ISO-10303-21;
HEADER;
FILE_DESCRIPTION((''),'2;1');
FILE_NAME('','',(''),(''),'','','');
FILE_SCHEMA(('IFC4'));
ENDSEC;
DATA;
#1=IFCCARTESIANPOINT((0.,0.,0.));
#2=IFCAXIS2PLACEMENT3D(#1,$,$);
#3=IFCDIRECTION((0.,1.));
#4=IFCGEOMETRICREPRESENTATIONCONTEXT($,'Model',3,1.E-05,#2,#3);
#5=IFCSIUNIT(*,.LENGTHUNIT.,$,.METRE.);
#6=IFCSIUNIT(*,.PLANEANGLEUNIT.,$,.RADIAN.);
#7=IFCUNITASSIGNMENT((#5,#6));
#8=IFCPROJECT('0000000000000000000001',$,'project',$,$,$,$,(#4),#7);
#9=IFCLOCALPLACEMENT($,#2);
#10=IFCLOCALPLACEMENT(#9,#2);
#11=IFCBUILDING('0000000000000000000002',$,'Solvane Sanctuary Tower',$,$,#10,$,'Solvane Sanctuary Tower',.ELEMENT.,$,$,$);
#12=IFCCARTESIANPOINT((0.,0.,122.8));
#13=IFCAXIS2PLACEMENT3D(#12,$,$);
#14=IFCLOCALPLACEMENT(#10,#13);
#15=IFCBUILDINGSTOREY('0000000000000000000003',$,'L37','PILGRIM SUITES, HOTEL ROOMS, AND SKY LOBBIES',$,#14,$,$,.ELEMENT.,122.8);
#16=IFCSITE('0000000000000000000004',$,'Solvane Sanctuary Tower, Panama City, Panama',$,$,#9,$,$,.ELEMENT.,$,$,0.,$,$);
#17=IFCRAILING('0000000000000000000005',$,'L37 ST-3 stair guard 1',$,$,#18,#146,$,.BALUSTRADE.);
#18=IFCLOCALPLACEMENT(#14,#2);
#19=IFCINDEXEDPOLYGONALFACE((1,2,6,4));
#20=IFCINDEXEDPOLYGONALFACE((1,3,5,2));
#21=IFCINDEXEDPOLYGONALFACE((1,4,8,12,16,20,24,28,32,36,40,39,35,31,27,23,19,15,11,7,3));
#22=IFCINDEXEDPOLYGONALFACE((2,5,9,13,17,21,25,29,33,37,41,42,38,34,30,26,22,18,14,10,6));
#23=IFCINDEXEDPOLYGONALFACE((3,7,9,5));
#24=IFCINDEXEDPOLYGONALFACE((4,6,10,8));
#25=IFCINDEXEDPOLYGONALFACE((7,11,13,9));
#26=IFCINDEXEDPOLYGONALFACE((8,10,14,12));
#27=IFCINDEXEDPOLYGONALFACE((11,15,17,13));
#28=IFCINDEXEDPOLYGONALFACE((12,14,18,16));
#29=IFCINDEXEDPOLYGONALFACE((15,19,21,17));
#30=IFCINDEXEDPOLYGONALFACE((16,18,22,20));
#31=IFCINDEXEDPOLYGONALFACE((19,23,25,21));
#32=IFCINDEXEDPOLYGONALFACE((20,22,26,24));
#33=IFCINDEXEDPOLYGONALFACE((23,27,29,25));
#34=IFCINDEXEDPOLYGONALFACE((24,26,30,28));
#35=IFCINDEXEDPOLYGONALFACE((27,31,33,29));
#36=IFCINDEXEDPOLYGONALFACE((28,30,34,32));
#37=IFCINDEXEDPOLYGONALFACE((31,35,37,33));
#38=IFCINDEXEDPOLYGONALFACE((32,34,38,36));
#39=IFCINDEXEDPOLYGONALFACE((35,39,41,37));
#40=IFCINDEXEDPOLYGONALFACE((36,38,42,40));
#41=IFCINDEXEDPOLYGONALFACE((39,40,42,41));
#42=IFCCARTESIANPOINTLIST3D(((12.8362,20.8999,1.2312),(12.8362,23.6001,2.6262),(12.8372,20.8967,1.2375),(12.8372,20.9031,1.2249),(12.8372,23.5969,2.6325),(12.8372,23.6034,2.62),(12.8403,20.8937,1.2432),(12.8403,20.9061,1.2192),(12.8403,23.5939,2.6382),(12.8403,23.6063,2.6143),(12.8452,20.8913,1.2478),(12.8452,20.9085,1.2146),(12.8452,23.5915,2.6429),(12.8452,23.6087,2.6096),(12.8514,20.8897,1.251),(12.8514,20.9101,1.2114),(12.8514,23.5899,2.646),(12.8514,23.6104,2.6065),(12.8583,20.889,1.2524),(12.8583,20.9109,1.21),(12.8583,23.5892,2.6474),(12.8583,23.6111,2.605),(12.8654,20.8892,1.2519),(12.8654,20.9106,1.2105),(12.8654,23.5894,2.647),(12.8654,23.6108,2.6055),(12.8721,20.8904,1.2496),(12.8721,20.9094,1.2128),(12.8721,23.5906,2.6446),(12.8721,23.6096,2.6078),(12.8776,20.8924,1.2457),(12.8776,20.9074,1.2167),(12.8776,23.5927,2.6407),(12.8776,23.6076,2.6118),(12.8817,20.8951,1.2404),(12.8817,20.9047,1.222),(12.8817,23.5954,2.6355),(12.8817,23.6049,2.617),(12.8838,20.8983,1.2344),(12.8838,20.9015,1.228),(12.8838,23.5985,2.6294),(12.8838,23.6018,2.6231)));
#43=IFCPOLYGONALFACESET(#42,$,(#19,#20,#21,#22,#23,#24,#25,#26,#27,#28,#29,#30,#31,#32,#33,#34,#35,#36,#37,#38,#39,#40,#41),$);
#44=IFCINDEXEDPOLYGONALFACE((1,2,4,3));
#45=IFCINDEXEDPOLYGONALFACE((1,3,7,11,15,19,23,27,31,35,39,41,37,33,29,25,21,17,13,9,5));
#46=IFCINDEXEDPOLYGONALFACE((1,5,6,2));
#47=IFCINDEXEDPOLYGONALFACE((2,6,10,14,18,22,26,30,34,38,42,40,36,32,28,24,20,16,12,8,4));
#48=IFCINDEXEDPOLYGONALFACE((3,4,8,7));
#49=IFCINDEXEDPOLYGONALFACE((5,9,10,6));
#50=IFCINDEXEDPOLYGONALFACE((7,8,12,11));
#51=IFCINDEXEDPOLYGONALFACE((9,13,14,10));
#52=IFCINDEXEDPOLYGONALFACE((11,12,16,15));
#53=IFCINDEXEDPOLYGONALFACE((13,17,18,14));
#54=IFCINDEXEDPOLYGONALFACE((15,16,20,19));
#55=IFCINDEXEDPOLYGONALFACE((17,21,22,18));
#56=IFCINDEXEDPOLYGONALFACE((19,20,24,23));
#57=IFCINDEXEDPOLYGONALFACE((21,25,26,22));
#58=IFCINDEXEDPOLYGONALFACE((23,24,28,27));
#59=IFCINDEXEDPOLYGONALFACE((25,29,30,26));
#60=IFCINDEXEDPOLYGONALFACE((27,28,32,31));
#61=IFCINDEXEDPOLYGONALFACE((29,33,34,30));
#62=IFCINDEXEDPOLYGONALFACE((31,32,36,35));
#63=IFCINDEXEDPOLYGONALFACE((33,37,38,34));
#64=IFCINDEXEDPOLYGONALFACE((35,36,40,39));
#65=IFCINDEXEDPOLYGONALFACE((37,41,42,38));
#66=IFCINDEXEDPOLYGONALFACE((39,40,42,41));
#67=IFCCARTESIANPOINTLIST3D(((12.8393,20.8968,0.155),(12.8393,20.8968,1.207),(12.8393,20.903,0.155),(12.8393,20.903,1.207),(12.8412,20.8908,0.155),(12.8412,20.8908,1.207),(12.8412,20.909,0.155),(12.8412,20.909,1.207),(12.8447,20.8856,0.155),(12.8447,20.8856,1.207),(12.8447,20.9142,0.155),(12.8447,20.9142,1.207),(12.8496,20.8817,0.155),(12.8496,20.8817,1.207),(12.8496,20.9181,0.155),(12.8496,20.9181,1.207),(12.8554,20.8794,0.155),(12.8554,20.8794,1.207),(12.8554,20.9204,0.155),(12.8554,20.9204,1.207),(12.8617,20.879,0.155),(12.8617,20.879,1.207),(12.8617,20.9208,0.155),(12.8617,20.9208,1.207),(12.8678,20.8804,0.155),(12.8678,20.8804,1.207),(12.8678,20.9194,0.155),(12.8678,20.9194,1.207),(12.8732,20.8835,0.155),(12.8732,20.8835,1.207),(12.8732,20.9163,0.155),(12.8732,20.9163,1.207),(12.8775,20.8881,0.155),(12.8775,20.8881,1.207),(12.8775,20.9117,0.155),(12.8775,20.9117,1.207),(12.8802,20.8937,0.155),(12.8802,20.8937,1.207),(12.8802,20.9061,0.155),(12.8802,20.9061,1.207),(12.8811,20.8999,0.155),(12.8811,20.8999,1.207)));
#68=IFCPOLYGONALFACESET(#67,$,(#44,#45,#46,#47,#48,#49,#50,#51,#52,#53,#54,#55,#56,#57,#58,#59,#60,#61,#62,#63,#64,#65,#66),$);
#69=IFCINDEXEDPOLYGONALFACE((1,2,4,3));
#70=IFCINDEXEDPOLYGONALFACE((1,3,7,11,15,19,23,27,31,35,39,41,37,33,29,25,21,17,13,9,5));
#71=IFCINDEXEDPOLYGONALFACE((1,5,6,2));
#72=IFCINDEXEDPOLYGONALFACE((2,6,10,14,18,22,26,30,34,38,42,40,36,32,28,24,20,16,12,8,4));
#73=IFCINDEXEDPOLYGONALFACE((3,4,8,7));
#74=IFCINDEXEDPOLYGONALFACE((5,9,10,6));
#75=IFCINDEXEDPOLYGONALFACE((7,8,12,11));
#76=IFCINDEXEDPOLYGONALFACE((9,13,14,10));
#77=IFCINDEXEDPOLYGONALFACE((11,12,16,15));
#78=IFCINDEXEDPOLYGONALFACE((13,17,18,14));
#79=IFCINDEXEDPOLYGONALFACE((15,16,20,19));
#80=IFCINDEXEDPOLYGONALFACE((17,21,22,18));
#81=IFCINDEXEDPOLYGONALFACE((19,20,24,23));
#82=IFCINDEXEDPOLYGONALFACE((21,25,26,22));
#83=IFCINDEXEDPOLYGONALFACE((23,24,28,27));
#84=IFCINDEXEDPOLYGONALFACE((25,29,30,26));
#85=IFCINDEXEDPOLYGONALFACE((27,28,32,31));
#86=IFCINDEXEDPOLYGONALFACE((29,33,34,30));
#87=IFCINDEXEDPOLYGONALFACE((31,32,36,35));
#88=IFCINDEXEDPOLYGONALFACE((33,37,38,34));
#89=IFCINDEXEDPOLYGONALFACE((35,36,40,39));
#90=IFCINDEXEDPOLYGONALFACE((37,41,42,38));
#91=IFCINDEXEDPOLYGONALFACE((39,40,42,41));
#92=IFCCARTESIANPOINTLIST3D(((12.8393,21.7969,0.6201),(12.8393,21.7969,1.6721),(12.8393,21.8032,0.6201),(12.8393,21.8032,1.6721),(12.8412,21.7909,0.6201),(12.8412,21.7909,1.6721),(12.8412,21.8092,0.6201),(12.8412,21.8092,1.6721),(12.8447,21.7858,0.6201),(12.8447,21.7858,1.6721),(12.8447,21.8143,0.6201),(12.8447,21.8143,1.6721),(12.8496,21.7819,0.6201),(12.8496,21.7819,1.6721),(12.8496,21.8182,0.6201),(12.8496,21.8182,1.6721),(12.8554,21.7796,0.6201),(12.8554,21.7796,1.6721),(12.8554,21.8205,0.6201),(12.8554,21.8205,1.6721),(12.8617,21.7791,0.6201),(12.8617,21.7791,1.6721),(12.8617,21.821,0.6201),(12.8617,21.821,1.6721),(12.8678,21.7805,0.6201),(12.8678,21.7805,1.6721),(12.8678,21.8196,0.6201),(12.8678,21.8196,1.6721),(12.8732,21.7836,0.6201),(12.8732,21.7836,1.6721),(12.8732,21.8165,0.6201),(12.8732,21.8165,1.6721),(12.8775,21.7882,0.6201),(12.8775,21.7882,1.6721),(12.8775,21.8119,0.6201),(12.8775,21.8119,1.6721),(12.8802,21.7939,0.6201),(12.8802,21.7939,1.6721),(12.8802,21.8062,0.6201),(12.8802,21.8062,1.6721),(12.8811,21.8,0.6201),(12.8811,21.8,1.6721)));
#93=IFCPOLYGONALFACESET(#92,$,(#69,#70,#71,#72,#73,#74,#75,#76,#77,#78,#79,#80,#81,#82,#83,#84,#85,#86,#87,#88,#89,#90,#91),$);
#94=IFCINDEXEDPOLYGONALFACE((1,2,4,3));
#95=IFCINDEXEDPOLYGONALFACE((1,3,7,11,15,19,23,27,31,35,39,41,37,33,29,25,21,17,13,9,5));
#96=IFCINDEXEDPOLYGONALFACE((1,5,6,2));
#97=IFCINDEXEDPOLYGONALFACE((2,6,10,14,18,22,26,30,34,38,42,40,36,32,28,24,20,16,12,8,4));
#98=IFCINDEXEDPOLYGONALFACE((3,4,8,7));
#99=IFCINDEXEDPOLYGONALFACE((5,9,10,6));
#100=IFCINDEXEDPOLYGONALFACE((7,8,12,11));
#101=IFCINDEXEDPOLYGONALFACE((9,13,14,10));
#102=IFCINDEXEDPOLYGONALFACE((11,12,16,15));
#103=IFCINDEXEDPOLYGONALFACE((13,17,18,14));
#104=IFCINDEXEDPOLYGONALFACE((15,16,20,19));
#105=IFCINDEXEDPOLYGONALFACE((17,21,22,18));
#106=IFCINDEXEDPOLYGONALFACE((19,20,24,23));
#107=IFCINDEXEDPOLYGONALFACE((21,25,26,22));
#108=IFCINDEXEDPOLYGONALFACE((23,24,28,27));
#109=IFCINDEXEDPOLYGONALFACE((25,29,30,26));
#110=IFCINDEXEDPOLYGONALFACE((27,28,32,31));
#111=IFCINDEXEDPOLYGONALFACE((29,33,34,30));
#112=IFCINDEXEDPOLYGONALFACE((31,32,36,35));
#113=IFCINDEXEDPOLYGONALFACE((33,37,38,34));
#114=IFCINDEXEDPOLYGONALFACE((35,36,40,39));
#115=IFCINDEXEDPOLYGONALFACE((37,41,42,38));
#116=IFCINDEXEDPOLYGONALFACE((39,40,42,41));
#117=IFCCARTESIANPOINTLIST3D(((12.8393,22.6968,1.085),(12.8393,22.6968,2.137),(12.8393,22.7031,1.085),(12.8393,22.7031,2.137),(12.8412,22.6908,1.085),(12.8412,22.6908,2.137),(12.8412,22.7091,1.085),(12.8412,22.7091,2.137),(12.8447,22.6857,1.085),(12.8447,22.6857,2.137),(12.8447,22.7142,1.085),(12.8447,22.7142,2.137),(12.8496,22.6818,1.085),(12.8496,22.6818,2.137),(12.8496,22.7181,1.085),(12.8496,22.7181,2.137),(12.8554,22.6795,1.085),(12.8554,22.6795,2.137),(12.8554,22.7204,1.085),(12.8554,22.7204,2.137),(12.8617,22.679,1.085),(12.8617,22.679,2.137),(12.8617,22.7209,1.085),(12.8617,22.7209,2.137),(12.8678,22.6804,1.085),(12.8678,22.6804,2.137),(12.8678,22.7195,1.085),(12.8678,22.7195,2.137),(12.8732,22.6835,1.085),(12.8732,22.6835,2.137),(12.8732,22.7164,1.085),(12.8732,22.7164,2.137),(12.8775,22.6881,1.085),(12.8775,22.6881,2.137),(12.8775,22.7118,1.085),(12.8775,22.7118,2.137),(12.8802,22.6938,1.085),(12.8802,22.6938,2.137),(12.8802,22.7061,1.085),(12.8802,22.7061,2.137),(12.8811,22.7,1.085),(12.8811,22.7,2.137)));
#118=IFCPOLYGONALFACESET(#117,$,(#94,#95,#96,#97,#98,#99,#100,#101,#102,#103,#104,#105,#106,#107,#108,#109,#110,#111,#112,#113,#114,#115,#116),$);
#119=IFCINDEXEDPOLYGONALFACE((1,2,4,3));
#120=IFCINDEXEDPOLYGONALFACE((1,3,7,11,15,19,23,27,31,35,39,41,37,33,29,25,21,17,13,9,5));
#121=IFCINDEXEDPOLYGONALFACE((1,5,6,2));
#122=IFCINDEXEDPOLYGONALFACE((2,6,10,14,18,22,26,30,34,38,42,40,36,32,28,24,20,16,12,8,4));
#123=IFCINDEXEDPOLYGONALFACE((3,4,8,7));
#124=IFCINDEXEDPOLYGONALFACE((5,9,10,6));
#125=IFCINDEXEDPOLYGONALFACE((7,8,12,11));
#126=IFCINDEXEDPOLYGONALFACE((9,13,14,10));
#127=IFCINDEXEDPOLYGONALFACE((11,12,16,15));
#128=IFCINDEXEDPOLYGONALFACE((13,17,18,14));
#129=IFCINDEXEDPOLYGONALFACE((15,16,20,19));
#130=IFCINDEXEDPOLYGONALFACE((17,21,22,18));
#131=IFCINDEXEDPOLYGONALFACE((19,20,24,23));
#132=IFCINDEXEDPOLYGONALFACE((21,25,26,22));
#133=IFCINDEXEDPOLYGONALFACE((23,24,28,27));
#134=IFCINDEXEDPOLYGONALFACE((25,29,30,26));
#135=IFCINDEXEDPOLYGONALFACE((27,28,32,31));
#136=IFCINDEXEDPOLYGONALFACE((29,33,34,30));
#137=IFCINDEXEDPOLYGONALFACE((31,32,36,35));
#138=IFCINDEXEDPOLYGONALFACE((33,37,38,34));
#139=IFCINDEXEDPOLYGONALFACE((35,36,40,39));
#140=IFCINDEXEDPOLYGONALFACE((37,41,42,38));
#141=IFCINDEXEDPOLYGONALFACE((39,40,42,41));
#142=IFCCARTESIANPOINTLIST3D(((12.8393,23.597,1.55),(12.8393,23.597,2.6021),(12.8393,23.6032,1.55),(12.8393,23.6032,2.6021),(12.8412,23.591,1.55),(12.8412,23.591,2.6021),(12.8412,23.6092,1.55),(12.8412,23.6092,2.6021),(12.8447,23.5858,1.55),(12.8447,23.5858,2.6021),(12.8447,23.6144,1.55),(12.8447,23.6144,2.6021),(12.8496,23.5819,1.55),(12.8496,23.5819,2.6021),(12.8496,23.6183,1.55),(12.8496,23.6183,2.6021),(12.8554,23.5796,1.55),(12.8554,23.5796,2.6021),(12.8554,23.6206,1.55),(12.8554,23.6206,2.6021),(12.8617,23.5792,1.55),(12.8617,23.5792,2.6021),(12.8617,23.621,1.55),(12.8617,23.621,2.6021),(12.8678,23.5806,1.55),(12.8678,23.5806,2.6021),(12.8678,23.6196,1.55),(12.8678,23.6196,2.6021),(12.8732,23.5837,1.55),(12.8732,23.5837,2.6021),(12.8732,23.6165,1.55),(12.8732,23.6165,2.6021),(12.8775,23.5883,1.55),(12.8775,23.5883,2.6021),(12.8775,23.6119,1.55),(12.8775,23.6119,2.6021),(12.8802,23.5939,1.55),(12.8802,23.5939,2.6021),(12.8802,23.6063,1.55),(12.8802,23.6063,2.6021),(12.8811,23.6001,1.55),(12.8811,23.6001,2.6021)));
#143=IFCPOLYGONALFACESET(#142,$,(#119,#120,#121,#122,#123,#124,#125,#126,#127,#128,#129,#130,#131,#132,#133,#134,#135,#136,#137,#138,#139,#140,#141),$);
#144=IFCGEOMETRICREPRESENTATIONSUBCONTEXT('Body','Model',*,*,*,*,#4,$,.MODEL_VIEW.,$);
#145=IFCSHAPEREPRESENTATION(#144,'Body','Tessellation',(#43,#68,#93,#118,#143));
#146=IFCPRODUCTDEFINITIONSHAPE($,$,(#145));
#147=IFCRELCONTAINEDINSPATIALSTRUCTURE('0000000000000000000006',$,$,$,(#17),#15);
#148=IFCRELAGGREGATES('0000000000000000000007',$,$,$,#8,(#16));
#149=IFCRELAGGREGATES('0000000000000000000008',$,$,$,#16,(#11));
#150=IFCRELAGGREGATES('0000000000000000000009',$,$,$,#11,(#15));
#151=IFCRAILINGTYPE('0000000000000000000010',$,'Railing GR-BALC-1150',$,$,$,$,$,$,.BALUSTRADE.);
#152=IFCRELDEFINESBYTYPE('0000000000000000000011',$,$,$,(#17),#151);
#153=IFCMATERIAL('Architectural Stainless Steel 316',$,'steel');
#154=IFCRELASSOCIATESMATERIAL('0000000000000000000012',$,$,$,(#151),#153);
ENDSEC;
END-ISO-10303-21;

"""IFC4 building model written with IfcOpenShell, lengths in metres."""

from ifc_helpers import new_model, si_unit, direction, frame, origin, origin_2d, place, context, subcontext, project, spatial, circle, extrude, material, type_object, element, save


model = new_model("IFC4")

# Units and contexts
model_context = context("Model", 3, precision=1e-05, world=origin(), true_north=direction((0.0, 1.0)))
body_context = subcontext(model_context, "Body", "Model", "MODEL_VIEW")
ifc_project = project(units=[si_unit("LENGTHUNIT", "METRE"), si_unit("PLANEANGLEUNIT", "RADIAN")], contexts=[model_context])

# Site, building, storey
site_placement = place(None, origin())
site = spatial("IfcSite", under=ifc_project, at=site_placement, Name="Solvane Sanctuary Tower, Panama City, Panama", CompositionType="ELEMENT", RefElevation=0.0)
building_placement = place(site_placement, origin())
building = spatial("IfcBuilding", under=site, at=building_placement, Name="Solvane Sanctuary Tower", LongName="Solvane Sanctuary Tower", CompositionType="ELEMENT")
storey_placement = place(building_placement, frame((0.0, 0.0, 122.8)))
storey = spatial("IfcBuildingStorey", under=building, at=storey_placement, Name="L37", Description="PILGRIM SUITES, HOTEL ROOMS, AND SKY LOBBIES", CompositionType="ELEMENT", Elevation=122.8)

# Shared definitions
ifc_material_1 = material(Name="Architectural Stainless Steel 316", Category="steel")

# Railing
railing_type_1 = type_object("IfcRailingType", Name="Railing GR-BALC-1150", PredefinedType="BALUSTRADE", material=ifc_material_1)
railing_1_placement = place(storey_placement, frame((12.8601, 20.8999, 0.155)))
element("IfcRailing", 1, at=railing_1_placement, inside=storey, type_object=railing_type_1, Name="L37 ST-3 stair guard 1", PredefinedType="BALUSTRADE", context=body_context, shape_type="SweptSolid", body=[
    extrude(circle(Radius=0.0239, at=origin_2d()), frame((0.0, 0.0, 1.0762), z_axis=(0.0, 0.888437, 0.458999), x_axis=(-1.0, 0.0, 0.0)), (0.0, 0.0, 1.0), 3.0393),
    extrude(circle(Radius=0.021, at=origin_2d()), origin(), (0.0, 0.0, 1.0), 1.052),
    extrude(circle(Radius=0.021, at=origin_2d()), frame((0.0, 0.9001, 0.4651)), (0.0, 0.0, 1.0), 1.052),
    extrude(circle(Radius=0.021, at=origin_2d()), frame((0.0, 1.8, 0.9299)), (0.0, 0.0, 1.0), 1.052),
    extrude(circle(Radius=0.021, at=origin_2d()), frame((0.0, 2.7002, 1.395)), (0.0, 0.0, 1.0), 1.052),
])

save(model, "model.ifc")
